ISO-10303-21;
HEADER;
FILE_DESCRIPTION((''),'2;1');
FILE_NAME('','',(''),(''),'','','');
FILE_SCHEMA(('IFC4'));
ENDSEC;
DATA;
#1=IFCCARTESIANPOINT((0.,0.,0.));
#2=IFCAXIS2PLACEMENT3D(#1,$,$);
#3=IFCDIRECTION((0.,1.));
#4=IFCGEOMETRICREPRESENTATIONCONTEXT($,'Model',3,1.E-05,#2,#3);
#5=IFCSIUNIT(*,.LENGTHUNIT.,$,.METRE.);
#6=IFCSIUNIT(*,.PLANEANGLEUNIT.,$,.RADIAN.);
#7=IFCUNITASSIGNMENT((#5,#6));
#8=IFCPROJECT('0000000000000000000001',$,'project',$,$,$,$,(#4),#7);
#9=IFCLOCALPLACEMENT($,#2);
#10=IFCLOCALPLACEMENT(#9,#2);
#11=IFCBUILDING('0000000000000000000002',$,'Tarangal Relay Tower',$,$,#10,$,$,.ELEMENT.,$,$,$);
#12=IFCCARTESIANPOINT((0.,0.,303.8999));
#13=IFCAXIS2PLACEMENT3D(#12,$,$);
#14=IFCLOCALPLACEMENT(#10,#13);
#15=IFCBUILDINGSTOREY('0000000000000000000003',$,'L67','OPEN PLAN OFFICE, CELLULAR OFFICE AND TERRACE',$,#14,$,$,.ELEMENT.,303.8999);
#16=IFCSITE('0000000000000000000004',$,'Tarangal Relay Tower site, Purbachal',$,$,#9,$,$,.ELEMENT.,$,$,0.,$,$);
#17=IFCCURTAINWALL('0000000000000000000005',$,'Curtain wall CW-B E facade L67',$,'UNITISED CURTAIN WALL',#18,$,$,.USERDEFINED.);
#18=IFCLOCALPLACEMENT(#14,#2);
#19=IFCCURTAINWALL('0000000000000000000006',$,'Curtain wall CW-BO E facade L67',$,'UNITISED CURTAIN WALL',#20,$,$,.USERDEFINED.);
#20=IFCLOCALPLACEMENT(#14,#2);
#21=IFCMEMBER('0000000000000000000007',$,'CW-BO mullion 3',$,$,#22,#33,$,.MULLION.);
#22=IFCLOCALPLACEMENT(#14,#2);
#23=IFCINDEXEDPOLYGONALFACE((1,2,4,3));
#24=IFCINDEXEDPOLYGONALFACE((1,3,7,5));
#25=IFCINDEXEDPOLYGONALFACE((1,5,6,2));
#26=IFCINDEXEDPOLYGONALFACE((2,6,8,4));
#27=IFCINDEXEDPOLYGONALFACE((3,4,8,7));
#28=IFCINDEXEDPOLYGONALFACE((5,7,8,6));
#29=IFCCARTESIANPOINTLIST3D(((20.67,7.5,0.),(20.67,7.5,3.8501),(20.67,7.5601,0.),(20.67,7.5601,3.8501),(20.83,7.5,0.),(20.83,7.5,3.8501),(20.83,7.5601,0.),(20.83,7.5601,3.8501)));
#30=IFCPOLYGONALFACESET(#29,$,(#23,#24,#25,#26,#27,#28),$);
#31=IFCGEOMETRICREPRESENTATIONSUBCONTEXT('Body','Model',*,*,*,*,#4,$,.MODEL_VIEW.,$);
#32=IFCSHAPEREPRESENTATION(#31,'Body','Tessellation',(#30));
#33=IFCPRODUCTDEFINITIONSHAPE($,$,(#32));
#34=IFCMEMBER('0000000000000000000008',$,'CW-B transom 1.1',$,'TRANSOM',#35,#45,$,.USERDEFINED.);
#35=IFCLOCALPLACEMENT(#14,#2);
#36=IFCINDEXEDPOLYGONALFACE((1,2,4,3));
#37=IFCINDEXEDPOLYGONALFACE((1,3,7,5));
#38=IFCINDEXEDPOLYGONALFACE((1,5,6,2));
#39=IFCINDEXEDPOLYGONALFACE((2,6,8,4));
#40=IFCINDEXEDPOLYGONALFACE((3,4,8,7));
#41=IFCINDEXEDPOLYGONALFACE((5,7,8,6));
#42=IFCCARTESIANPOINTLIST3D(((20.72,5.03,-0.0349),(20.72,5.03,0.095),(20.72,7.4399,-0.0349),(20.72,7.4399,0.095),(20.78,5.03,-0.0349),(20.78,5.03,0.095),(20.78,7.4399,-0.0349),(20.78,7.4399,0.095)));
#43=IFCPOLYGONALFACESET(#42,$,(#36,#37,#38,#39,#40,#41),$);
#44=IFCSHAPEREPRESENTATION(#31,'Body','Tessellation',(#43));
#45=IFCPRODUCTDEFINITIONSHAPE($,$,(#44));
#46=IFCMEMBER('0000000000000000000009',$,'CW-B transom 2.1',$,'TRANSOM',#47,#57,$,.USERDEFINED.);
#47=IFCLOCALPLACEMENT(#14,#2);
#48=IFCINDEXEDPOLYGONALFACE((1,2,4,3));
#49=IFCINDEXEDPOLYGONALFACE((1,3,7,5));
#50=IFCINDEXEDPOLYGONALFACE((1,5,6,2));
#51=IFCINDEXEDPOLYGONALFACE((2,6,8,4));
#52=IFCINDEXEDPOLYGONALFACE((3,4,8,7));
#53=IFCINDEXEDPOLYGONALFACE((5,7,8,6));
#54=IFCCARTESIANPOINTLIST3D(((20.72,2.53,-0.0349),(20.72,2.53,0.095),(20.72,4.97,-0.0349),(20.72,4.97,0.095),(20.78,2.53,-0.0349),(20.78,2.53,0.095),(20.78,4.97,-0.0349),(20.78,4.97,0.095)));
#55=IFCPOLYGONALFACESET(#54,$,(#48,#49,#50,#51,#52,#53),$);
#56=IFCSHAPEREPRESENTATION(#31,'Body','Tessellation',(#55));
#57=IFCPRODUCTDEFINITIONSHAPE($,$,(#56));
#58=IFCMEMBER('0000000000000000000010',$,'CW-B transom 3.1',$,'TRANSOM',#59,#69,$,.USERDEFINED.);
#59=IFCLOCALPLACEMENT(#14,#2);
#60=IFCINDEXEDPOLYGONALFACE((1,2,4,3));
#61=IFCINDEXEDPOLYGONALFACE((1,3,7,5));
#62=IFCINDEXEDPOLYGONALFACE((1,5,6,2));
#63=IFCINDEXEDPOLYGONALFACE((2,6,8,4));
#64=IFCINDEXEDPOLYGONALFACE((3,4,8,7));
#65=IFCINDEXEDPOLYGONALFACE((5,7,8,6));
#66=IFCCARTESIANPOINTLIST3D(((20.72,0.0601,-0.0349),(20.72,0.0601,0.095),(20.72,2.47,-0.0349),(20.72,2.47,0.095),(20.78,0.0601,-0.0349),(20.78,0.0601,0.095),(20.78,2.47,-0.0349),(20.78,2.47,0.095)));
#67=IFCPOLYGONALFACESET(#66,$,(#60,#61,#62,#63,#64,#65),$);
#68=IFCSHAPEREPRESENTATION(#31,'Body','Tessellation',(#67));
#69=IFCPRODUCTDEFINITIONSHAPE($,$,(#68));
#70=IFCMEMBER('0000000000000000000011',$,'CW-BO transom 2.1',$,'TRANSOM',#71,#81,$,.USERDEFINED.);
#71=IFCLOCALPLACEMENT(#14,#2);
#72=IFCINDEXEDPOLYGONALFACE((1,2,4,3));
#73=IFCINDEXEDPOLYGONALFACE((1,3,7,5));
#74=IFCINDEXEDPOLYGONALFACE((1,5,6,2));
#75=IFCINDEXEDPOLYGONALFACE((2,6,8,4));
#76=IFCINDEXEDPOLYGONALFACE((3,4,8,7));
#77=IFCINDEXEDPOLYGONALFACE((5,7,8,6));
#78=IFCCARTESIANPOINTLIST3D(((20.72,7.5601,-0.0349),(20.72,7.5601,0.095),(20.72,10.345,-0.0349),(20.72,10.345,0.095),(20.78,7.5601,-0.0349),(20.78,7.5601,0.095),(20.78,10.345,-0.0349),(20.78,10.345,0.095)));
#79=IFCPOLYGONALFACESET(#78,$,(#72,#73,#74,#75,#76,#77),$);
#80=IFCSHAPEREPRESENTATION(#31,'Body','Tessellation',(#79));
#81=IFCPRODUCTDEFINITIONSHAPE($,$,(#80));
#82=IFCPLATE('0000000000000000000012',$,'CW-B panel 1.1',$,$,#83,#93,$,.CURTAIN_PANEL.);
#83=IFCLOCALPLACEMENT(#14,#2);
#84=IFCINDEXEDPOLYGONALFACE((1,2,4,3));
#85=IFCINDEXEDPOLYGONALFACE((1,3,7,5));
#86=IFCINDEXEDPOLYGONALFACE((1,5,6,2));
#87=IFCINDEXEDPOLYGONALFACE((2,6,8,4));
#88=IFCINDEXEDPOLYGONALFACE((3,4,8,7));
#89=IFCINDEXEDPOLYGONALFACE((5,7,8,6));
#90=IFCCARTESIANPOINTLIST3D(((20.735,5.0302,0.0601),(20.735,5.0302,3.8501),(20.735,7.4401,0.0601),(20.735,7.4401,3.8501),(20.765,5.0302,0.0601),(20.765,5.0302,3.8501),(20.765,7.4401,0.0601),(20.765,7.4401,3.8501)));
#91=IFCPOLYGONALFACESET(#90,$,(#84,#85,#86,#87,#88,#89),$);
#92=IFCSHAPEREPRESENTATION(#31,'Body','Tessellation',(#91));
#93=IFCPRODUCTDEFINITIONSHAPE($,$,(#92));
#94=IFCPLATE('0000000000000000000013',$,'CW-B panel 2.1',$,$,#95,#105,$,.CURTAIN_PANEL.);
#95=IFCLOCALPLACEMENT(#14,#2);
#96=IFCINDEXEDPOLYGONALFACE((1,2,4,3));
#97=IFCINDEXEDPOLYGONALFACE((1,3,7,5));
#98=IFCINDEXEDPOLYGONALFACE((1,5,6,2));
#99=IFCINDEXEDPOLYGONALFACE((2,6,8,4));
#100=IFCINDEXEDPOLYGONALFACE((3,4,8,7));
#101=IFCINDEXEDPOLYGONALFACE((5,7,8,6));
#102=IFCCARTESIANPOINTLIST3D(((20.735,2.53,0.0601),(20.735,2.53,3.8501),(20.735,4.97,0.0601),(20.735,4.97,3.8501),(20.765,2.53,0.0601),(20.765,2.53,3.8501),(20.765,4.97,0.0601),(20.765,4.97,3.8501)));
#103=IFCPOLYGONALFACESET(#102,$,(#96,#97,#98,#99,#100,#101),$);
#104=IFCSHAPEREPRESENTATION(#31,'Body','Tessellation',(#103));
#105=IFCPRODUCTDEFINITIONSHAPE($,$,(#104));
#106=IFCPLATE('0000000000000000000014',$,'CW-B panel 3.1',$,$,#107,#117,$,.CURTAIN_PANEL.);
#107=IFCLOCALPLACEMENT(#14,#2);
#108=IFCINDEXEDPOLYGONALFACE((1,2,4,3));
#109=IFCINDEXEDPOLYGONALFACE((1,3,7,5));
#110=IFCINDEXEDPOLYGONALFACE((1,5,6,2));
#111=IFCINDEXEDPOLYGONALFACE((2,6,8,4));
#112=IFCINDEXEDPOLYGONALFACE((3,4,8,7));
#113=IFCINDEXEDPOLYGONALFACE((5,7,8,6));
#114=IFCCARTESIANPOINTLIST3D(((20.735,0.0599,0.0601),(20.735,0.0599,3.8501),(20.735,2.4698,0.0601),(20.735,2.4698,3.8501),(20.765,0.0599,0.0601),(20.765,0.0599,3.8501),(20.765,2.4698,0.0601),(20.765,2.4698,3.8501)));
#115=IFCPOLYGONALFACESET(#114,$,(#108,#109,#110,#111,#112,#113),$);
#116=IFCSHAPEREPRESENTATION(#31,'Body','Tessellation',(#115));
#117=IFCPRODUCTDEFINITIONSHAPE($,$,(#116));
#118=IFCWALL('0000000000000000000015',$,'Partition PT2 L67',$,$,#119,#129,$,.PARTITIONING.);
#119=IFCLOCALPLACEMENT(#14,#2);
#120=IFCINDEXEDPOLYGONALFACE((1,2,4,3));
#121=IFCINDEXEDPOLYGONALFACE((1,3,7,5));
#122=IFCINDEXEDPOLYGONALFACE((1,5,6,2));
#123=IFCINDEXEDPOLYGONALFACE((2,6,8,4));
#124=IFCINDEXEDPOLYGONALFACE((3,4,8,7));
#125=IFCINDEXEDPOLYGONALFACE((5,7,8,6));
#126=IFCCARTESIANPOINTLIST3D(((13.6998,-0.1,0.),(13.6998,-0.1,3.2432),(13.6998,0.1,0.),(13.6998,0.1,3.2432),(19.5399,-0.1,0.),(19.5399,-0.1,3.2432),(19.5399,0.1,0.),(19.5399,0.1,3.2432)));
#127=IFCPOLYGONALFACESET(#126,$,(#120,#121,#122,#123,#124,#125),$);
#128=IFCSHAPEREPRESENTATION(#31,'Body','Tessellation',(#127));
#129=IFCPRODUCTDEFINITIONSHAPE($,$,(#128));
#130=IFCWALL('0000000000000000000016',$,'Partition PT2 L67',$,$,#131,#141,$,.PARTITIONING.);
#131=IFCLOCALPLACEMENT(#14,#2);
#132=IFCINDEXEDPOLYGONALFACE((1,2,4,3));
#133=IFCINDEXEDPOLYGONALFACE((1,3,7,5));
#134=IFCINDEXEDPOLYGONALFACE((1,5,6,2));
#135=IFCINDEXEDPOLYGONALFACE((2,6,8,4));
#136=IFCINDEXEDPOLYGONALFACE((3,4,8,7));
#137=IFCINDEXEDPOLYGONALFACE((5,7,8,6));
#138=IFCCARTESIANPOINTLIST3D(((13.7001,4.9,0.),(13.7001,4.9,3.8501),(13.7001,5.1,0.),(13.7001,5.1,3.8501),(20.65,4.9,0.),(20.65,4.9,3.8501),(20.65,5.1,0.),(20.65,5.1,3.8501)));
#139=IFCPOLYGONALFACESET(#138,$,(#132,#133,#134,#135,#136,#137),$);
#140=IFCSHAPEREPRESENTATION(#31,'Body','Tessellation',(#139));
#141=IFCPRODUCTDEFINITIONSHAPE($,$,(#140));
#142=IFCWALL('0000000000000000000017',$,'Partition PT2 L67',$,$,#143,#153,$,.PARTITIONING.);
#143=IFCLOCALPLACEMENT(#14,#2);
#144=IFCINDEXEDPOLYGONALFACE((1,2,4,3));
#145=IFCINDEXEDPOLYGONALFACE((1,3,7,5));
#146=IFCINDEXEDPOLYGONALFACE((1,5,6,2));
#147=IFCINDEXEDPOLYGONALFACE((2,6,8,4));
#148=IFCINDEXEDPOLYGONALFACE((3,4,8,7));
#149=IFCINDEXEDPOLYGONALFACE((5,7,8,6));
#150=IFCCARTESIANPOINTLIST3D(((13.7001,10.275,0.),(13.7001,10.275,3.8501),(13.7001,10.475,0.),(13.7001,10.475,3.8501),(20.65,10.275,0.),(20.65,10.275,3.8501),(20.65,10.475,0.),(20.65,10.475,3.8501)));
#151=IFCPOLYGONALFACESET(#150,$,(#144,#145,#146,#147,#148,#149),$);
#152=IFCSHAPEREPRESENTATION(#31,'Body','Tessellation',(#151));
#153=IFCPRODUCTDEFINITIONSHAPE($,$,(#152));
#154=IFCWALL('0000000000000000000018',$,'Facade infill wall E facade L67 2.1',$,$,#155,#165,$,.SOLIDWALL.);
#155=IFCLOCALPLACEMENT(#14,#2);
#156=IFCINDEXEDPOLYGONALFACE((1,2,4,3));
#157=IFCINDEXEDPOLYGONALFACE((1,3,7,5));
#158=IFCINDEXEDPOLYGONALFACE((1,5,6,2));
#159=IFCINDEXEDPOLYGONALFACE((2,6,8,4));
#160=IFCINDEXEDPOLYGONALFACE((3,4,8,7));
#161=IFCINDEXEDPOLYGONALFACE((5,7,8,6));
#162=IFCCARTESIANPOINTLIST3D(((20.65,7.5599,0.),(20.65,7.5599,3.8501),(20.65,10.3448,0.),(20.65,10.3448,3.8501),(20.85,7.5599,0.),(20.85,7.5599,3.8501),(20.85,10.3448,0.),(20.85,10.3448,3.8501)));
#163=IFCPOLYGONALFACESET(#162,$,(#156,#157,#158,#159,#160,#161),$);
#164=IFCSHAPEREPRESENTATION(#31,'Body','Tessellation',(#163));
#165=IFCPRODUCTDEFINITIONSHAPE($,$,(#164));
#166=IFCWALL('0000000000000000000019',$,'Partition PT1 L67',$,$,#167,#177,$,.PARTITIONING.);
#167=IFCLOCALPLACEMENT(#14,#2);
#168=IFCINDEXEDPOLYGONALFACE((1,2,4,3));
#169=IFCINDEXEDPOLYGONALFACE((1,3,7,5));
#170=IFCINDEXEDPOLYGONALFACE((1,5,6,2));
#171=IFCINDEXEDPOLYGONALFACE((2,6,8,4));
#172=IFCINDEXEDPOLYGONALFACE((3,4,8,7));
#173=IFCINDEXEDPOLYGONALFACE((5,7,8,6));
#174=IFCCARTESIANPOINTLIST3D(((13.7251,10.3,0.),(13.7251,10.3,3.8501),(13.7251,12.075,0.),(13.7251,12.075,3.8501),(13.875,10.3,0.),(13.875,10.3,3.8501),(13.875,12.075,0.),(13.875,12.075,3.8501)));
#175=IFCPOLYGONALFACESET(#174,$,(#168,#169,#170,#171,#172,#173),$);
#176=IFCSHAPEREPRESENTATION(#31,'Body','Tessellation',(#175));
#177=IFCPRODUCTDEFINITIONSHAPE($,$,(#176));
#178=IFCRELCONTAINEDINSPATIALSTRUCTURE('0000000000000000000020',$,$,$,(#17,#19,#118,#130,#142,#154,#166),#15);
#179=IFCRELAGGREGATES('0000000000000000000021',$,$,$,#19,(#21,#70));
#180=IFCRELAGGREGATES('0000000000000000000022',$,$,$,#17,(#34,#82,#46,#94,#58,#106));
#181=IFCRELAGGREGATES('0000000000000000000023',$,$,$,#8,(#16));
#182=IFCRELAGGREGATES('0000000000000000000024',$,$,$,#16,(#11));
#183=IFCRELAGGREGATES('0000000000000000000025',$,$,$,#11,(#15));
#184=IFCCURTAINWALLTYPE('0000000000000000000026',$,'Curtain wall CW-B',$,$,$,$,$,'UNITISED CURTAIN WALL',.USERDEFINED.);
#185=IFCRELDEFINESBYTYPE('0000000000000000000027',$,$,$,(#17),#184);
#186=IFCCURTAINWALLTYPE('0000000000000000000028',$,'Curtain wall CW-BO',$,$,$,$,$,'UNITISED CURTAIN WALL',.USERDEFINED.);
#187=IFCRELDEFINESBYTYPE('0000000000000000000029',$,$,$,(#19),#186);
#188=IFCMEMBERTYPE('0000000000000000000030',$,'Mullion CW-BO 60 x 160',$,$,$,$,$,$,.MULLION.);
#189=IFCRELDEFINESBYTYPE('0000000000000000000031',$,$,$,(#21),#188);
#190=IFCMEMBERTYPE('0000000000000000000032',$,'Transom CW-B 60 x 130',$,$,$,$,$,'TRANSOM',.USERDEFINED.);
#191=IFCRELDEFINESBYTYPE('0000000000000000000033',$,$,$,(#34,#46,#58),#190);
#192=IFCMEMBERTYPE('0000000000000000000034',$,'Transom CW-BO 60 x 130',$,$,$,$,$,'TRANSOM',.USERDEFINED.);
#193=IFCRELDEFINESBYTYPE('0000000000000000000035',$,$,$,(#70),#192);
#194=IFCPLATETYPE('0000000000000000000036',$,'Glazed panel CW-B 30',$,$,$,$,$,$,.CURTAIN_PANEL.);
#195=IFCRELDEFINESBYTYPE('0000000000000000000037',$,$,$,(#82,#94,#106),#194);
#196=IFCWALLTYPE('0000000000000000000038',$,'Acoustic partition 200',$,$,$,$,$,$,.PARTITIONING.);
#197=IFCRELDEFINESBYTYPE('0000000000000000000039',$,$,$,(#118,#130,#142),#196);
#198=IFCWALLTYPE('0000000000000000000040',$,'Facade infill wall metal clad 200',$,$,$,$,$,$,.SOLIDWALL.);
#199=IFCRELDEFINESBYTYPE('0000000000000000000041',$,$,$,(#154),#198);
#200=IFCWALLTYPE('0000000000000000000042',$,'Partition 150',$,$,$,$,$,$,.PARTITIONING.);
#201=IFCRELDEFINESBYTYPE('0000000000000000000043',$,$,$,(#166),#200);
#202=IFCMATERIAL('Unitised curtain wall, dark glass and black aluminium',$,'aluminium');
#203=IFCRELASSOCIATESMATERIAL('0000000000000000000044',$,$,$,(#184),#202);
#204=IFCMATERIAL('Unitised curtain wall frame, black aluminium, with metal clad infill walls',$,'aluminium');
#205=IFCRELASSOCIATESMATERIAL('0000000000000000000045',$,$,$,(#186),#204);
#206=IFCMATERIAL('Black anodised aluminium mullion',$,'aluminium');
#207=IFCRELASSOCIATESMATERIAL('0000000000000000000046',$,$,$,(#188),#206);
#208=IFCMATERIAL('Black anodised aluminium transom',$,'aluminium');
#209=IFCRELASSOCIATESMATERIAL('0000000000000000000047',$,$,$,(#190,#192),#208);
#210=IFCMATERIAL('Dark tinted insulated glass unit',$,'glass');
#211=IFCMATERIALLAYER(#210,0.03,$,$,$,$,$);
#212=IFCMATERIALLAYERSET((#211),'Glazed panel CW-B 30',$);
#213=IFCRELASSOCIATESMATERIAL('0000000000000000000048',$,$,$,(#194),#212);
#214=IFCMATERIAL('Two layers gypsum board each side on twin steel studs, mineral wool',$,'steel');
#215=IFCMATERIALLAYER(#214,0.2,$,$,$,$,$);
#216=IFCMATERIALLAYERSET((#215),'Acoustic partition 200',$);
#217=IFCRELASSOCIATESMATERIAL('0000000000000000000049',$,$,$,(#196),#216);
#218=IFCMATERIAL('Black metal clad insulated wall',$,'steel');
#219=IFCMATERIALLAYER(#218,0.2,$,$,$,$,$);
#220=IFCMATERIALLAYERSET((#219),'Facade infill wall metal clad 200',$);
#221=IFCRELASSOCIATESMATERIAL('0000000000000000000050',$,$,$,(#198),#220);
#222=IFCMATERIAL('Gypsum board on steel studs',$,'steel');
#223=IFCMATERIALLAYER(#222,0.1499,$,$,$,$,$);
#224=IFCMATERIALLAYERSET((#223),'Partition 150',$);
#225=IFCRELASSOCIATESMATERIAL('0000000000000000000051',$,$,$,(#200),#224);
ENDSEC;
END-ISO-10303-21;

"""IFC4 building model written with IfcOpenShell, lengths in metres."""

from ifc_helpers import new_model, si_unit, direction, frame, frame_2d, origin, origin_2d, place, context, subcontext, project, spatial, rectangle, extrude, material, layer, layer_set, material_profile, profile_set, type_object, element, aggregate, save


model = new_model("IFC4")

# Units and contexts
model_context = context("Model", 3, precision=1e-05, world=origin(), true_north=direction((0.0, 1.0)))
body_context = subcontext(model_context, "Body", "Model", "MODEL_VIEW")
ifc_project = project(units=[si_unit("LENGTHUNIT", "METRE"), si_unit("PLANEANGLEUNIT", "RADIAN")], contexts=[model_context])

# Site, building, storey
site_placement = place(None, origin())
site = spatial("IfcSite", under=ifc_project, at=site_placement, Name="Tarangal Relay Tower site, Purbachal", CompositionType="ELEMENT", RefElevation=0.0)
building_placement = place(site_placement, origin())
building = spatial("IfcBuilding", under=site, at=building_placement, Name="Tarangal Relay Tower", CompositionType="ELEMENT")
storey_placement = place(building_placement, frame((0.0, 0.0, 303.8999)))
storey = spatial("IfcBuildingStorey", under=building, at=storey_placement, Name="L67", Description="OPEN PLAN OFFICE, CELLULAR OFFICE AND TERRACE", CompositionType="ELEMENT", Elevation=303.8999)

# Curtain wall
ifc_material_1 = material(Name="Unitised curtain wall, dark glass and black aluminium", Category="aluminium")
curtain_wall_type_1 = type_object("IfcCurtainWallType", Name="Curtain wall CW-B", ElementType="UNITISED CURTAIN WALL", PredefinedType="USERDEFINED", material=ifc_material_1)
curtain_wall_1_placement = place(storey_placement, origin())
curtain_wall_1 = element("IfcCurtainWall", 1, at=curtain_wall_1_placement, inside=storey, type_object=curtain_wall_type_1, Name="Curtain wall CW-B E facade L67", ObjectType="UNITISED CURTAIN WALL", PredefinedType="USERDEFINED")
ifc_material_2 = material(Name="Black anodised aluminium mullion", Category="aluminium")

# Curtain wall, member
ifc_material_3 = material(Name="Unitised curtain wall frame, black aluminium, with metal clad infill walls", Category="aluminium")
curtain_wall_type_2 = type_object("IfcCurtainWallType", Name="Curtain wall CW-BO", ElementType="UNITISED CURTAIN WALL", PredefinedType="USERDEFINED", material=ifc_material_3)
curtain_wall_2_placement = place(storey_placement, origin())
curtain_wall_2 = element("IfcCurtainWall", 2, at=curtain_wall_2_placement, inside=storey, type_object=curtain_wall_type_2, Name="Curtain wall CW-BO E facade L67", ObjectType="UNITISED CURTAIN WALL", PredefinedType="USERDEFINED")
ifc_material_profile_1 = material_profile(ifc_material_2, rectangle(XDim=0.1599, YDim=0.0601, at=origin_2d()), Name="CW-BOM 60X160")
ifc_profile_set_1 = profile_set([ifc_material_profile_1], Name="Black anodised aluminium mullion")
member_type_1 = type_object("IfcMemberType", Name="Mullion CW-BO 60 x 160", PredefinedType="MULLION", material=ifc_profile_set_1)
member_1_placement = place(storey_placement, frame((20.75, 7.53, 0.0), z_axis=(0.0, 0.0, 1.0), x_axis=(1.0, 0.0, 0.0)))
member_1 = element("IfcMember", 3, at=member_1_placement, type_object=member_type_1, Name="CW-BO mullion 3", PredefinedType="MULLION", context=body_context, shape_type="SweptSolid", body=[
    extrude(rectangle(XDim=0.1599, YDim=0.0601, at=origin_2d()), origin(), (0.0, 0.0, 1.0), 3.8501),
])

# Members
ifc_material_4 = material(Name="Black anodised aluminium transom", Category="aluminium")
ifc_material_profile_2 = material_profile(ifc_material_4, rectangle(XDim=0.0601, YDim=0.1299, at=origin_2d()), Name="CW-BT 60X130")
ifc_profile_set_2 = profile_set([ifc_material_profile_2], Name="Black anodised aluminium transom")
member_type_2 = type_object("IfcMemberType", Name="Transom CW-B 60 x 130", ElementType="TRANSOM", PredefinedType="USERDEFINED", material=ifc_profile_set_2)
member_2_placement = place(storey_placement, frame((20.75, 7.4399, 0.03), z_axis=(0.0, -1.0, 0.0), x_axis=(1.0, 0.0, 0.0)))
member_2 = element("IfcMember", 4, at=member_2_placement, type_object=member_type_2, Name="CW-B transom 1.1", ObjectType="TRANSOM", PredefinedType="USERDEFINED", context=body_context, shape_type="SweptSolid", body=[
    extrude(rectangle(XDim=0.0601, YDim=0.1299, at=origin_2d()), origin(), (0.0, 0.0, 1.0), 2.4099),
])
member_3_placement = place(storey_placement, frame((20.75, 4.97, 0.03), z_axis=(0.0, -1.0, 0.0), x_axis=(1.0, 0.0, 0.0)))
member_3 = element("IfcMember", 5, at=member_3_placement, type_object=member_type_2, Name="CW-B transom 2.1", ObjectType="TRANSOM", PredefinedType="USERDEFINED", context=body_context, shape_type="SweptSolid", body=[
    extrude(rectangle(XDim=0.0601, YDim=0.1299, at=origin_2d()), origin(), (0.0, 0.0, 1.0), 2.4399),
])
member_4_placement = place(storey_placement, frame((20.75, 2.47, 0.03), z_axis=(0.0, -1.0, 0.0), x_axis=(1.0, 0.0, 0.0)))
member_4 = element("IfcMember", 6, at=member_4_placement, type_object=member_type_2, Name="CW-B transom 3.1", ObjectType="TRANSOM", PredefinedType="USERDEFINED", context=body_context, shape_type="SweptSolid", body=[
    extrude(rectangle(XDim=0.0601, YDim=0.1299, at=origin_2d()), origin(), (0.0, 0.0, 1.0), 2.4099),
])
ifc_material_profile_3 = material_profile(ifc_material_4, rectangle(XDim=0.0601, YDim=0.1299, at=origin_2d()), Name="CW-BOT 60X130")
ifc_profile_set_3 = profile_set([ifc_material_profile_3], Name="Black anodised aluminium transom")
member_type_3 = type_object("IfcMemberType", Name="Transom CW-BO 60 x 130", ElementType="TRANSOM", PredefinedType="USERDEFINED", material=ifc_profile_set_3)
member_5_placement = place(storey_placement, frame((20.75, 10.345, 0.03), z_axis=(0.0, -1.0, 0.0), x_axis=(1.0, 0.0, 0.0)))
member_5 = element("IfcMember", 7, at=member_5_placement, type_object=member_type_3, Name="CW-BO transom 2.1", ObjectType="TRANSOM", PredefinedType="USERDEFINED", context=body_context, shape_type="SweptSolid", body=[
    extrude(rectangle(XDim=0.0601, YDim=0.1299, at=origin_2d()), origin(), (0.0, 0.0, 1.0), 2.7849),
])
aggregate(curtain_wall_2, [member_1, member_5])

# Plates
ifc_material_5 = material(Name="Dark tinted insulated glass unit", Category="glass")
ifc_layer_1 = layer(ifc_material_5, 0.03)
ifc_layer_set_1 = layer_set([ifc_layer_1], Name="Glazed panel CW-B 30")
plate_type = type_object("IfcPlateType", Name="Glazed panel CW-B 30", PredefinedType="CURTAIN_PANEL", material=ifc_layer_set_1)
plate_1_placement = place(storey_placement, frame((20.75, 6.2351, 0.0601), z_axis=(0.0, 0.0, 1.0), x_axis=(0.0, -1.0, 0.0)))
plate_1 = element("IfcPlate", 8, at=plate_1_placement, type_object=plate_type, Name="CW-B panel 1.1", PredefinedType="CURTAIN_PANEL", context=body_context, shape_type="SweptSolid", body=[
    extrude(rectangle(XDim=2.4099, YDim=0.03, at=origin_2d()), origin(), (0.0, 0.0, 1.0), 3.79),
])
plate_2_placement = place(storey_placement, frame((20.75, 3.75, 0.0601), z_axis=(0.0, 0.0, 1.0), x_axis=(0.0, -1.0, 0.0)))
plate_2 = element("IfcPlate", 9, at=plate_2_placement, type_object=plate_type, Name="CW-B panel 2.1", PredefinedType="CURTAIN_PANEL", context=body_context, shape_type="SweptSolid", body=[
    extrude(rectangle(XDim=2.4399, YDim=0.03, at=origin_2d()), origin(), (0.0, 0.0, 1.0), 3.79),
])
plate_3_placement = place(storey_placement, frame((20.75, 1.2649, 0.0601), z_axis=(0.0, 0.0, 1.0), x_axis=(0.0, -1.0, 0.0)))
plate_3 = element("IfcPlate", 10, at=plate_3_placement, type_object=plate_type, Name="CW-B panel 3.1", PredefinedType="CURTAIN_PANEL", context=body_context, shape_type="SweptSolid", body=[
    extrude(rectangle(XDim=2.4099, YDim=0.03, at=origin_2d()), origin(), (0.0, 0.0, 1.0), 3.79),
])
aggregate(curtain_wall_1, [member_2, plate_1, member_3, plate_2, member_4, plate_3])

# Walls
ifc_material_6 = material(Name="Two layers gypsum board each side on twin steel studs, mineral wool", Category="steel")
ifc_layer_2 = layer(ifc_material_6, 0.2)
ifc_layer_set_2 = layer_set([ifc_layer_2], Name="Acoustic partition 200")
wall_type_1 = type_object("IfcWallType", Name="Acoustic partition 200", PredefinedType="PARTITIONING", material=ifc_layer_set_2)
wall_1_placement = place(storey_placement, frame((13.7, 0.0, 0.0), z_axis=(0.0, 0.0, 1.0), x_axis=(1.0, 0.0, 0.0)))
element("IfcWall", 11, at=wall_1_placement, inside=storey, type_object=wall_type_1, Name="Partition PT2 L67", PredefinedType="PARTITIONING", context=body_context, shape_type="SweptSolid", body=[
    extrude(rectangle(XDim=5.8401, YDim=0.2, at=frame_2d((2.9199, 0.0))), origin(), (0.0, 0.0, 1.0), 3.2432),
])
for number, where, z_axis, x_axis, name in (
    (12, (13.7, 5.0, 0.0), (0.0, 0.0, 1.0), (1.0, 0.0, 0.0), "Partition PT2 L67"),
    (13, (13.7, 10.375, 0.0), (0.0, 0.0, 1.0), (1.0, 0.0, 0.0), "Partition PT2 L67"),
):
    element("IfcWall", number, at=place(storey_placement, frame(where, z_axis=z_axis, x_axis=x_axis)), inside=storey, type_object=wall_type_1, Name=name, PredefinedType="PARTITIONING", context=body_context, shape_type="SweptSolid", body=[
        extrude(rectangle(XDim=6.95, YDim=0.2, at=frame_2d((3.4751, 0.0))), origin(), (0.0, 0.0, 1.0), 3.8501),
    ])
ifc_material_7 = material(Name="Black metal clad insulated wall", Category="steel")
ifc_layer_3 = layer(ifc_material_7, 0.2)
ifc_layer_set_3 = layer_set([ifc_layer_3], Name="Facade infill wall metal clad 200")
wall_type_2 = type_object("IfcWallType", Name="Facade infill wall metal clad 200", PredefinedType="SOLIDWALL", material=ifc_layer_set_3)
wall_2_placement = place(storey_placement, frame((20.75, 10.345, 0.0), z_axis=(0.0, 0.0, 1.0), x_axis=(0.0, -1.0, 0.0)))
element("IfcWall", 14, at=wall_2_placement, inside=storey, type_object=wall_type_2, Name="Facade infill wall E facade L67 2.1", PredefinedType="SOLIDWALL", context=body_context, shape_type="SweptSolid", body=[
    extrude(rectangle(XDim=2.7849, YDim=0.2, at=frame_2d((1.3926, 0.0))), origin(), (0.0, 0.0, 1.0), 3.8501),
])
ifc_material_8 = material(Name="Gypsum board on steel studs", Category="steel")
ifc_layer_4 = layer(ifc_material_8, 0.1499)
ifc_layer_set_4 = layer_set([ifc_layer_4], Name="Partition 150")
wall_type_3 = type_object("IfcWallType", Name="Partition 150", PredefinedType="PARTITIONING", material=ifc_layer_set_4)
wall_3_placement = place(storey_placement, frame((13.8, 10.3, 0.0), z_axis=(0.0, 0.0, 1.0), x_axis=(0.0, 1.0, 0.0)))
element("IfcWall", 15, at=wall_3_placement, inside=storey, type_object=wall_type_3, Name="Partition PT1 L67", PredefinedType="PARTITIONING", context=body_context, shape_type="SweptSolid", body=[
    extrude(rectangle(XDim=1.7749, YDim=0.1499, at=frame_2d((0.8875, 0.0))), origin(), (0.0, 0.0, 1.0), 3.8501),
])

save(model, "model.ifc")
